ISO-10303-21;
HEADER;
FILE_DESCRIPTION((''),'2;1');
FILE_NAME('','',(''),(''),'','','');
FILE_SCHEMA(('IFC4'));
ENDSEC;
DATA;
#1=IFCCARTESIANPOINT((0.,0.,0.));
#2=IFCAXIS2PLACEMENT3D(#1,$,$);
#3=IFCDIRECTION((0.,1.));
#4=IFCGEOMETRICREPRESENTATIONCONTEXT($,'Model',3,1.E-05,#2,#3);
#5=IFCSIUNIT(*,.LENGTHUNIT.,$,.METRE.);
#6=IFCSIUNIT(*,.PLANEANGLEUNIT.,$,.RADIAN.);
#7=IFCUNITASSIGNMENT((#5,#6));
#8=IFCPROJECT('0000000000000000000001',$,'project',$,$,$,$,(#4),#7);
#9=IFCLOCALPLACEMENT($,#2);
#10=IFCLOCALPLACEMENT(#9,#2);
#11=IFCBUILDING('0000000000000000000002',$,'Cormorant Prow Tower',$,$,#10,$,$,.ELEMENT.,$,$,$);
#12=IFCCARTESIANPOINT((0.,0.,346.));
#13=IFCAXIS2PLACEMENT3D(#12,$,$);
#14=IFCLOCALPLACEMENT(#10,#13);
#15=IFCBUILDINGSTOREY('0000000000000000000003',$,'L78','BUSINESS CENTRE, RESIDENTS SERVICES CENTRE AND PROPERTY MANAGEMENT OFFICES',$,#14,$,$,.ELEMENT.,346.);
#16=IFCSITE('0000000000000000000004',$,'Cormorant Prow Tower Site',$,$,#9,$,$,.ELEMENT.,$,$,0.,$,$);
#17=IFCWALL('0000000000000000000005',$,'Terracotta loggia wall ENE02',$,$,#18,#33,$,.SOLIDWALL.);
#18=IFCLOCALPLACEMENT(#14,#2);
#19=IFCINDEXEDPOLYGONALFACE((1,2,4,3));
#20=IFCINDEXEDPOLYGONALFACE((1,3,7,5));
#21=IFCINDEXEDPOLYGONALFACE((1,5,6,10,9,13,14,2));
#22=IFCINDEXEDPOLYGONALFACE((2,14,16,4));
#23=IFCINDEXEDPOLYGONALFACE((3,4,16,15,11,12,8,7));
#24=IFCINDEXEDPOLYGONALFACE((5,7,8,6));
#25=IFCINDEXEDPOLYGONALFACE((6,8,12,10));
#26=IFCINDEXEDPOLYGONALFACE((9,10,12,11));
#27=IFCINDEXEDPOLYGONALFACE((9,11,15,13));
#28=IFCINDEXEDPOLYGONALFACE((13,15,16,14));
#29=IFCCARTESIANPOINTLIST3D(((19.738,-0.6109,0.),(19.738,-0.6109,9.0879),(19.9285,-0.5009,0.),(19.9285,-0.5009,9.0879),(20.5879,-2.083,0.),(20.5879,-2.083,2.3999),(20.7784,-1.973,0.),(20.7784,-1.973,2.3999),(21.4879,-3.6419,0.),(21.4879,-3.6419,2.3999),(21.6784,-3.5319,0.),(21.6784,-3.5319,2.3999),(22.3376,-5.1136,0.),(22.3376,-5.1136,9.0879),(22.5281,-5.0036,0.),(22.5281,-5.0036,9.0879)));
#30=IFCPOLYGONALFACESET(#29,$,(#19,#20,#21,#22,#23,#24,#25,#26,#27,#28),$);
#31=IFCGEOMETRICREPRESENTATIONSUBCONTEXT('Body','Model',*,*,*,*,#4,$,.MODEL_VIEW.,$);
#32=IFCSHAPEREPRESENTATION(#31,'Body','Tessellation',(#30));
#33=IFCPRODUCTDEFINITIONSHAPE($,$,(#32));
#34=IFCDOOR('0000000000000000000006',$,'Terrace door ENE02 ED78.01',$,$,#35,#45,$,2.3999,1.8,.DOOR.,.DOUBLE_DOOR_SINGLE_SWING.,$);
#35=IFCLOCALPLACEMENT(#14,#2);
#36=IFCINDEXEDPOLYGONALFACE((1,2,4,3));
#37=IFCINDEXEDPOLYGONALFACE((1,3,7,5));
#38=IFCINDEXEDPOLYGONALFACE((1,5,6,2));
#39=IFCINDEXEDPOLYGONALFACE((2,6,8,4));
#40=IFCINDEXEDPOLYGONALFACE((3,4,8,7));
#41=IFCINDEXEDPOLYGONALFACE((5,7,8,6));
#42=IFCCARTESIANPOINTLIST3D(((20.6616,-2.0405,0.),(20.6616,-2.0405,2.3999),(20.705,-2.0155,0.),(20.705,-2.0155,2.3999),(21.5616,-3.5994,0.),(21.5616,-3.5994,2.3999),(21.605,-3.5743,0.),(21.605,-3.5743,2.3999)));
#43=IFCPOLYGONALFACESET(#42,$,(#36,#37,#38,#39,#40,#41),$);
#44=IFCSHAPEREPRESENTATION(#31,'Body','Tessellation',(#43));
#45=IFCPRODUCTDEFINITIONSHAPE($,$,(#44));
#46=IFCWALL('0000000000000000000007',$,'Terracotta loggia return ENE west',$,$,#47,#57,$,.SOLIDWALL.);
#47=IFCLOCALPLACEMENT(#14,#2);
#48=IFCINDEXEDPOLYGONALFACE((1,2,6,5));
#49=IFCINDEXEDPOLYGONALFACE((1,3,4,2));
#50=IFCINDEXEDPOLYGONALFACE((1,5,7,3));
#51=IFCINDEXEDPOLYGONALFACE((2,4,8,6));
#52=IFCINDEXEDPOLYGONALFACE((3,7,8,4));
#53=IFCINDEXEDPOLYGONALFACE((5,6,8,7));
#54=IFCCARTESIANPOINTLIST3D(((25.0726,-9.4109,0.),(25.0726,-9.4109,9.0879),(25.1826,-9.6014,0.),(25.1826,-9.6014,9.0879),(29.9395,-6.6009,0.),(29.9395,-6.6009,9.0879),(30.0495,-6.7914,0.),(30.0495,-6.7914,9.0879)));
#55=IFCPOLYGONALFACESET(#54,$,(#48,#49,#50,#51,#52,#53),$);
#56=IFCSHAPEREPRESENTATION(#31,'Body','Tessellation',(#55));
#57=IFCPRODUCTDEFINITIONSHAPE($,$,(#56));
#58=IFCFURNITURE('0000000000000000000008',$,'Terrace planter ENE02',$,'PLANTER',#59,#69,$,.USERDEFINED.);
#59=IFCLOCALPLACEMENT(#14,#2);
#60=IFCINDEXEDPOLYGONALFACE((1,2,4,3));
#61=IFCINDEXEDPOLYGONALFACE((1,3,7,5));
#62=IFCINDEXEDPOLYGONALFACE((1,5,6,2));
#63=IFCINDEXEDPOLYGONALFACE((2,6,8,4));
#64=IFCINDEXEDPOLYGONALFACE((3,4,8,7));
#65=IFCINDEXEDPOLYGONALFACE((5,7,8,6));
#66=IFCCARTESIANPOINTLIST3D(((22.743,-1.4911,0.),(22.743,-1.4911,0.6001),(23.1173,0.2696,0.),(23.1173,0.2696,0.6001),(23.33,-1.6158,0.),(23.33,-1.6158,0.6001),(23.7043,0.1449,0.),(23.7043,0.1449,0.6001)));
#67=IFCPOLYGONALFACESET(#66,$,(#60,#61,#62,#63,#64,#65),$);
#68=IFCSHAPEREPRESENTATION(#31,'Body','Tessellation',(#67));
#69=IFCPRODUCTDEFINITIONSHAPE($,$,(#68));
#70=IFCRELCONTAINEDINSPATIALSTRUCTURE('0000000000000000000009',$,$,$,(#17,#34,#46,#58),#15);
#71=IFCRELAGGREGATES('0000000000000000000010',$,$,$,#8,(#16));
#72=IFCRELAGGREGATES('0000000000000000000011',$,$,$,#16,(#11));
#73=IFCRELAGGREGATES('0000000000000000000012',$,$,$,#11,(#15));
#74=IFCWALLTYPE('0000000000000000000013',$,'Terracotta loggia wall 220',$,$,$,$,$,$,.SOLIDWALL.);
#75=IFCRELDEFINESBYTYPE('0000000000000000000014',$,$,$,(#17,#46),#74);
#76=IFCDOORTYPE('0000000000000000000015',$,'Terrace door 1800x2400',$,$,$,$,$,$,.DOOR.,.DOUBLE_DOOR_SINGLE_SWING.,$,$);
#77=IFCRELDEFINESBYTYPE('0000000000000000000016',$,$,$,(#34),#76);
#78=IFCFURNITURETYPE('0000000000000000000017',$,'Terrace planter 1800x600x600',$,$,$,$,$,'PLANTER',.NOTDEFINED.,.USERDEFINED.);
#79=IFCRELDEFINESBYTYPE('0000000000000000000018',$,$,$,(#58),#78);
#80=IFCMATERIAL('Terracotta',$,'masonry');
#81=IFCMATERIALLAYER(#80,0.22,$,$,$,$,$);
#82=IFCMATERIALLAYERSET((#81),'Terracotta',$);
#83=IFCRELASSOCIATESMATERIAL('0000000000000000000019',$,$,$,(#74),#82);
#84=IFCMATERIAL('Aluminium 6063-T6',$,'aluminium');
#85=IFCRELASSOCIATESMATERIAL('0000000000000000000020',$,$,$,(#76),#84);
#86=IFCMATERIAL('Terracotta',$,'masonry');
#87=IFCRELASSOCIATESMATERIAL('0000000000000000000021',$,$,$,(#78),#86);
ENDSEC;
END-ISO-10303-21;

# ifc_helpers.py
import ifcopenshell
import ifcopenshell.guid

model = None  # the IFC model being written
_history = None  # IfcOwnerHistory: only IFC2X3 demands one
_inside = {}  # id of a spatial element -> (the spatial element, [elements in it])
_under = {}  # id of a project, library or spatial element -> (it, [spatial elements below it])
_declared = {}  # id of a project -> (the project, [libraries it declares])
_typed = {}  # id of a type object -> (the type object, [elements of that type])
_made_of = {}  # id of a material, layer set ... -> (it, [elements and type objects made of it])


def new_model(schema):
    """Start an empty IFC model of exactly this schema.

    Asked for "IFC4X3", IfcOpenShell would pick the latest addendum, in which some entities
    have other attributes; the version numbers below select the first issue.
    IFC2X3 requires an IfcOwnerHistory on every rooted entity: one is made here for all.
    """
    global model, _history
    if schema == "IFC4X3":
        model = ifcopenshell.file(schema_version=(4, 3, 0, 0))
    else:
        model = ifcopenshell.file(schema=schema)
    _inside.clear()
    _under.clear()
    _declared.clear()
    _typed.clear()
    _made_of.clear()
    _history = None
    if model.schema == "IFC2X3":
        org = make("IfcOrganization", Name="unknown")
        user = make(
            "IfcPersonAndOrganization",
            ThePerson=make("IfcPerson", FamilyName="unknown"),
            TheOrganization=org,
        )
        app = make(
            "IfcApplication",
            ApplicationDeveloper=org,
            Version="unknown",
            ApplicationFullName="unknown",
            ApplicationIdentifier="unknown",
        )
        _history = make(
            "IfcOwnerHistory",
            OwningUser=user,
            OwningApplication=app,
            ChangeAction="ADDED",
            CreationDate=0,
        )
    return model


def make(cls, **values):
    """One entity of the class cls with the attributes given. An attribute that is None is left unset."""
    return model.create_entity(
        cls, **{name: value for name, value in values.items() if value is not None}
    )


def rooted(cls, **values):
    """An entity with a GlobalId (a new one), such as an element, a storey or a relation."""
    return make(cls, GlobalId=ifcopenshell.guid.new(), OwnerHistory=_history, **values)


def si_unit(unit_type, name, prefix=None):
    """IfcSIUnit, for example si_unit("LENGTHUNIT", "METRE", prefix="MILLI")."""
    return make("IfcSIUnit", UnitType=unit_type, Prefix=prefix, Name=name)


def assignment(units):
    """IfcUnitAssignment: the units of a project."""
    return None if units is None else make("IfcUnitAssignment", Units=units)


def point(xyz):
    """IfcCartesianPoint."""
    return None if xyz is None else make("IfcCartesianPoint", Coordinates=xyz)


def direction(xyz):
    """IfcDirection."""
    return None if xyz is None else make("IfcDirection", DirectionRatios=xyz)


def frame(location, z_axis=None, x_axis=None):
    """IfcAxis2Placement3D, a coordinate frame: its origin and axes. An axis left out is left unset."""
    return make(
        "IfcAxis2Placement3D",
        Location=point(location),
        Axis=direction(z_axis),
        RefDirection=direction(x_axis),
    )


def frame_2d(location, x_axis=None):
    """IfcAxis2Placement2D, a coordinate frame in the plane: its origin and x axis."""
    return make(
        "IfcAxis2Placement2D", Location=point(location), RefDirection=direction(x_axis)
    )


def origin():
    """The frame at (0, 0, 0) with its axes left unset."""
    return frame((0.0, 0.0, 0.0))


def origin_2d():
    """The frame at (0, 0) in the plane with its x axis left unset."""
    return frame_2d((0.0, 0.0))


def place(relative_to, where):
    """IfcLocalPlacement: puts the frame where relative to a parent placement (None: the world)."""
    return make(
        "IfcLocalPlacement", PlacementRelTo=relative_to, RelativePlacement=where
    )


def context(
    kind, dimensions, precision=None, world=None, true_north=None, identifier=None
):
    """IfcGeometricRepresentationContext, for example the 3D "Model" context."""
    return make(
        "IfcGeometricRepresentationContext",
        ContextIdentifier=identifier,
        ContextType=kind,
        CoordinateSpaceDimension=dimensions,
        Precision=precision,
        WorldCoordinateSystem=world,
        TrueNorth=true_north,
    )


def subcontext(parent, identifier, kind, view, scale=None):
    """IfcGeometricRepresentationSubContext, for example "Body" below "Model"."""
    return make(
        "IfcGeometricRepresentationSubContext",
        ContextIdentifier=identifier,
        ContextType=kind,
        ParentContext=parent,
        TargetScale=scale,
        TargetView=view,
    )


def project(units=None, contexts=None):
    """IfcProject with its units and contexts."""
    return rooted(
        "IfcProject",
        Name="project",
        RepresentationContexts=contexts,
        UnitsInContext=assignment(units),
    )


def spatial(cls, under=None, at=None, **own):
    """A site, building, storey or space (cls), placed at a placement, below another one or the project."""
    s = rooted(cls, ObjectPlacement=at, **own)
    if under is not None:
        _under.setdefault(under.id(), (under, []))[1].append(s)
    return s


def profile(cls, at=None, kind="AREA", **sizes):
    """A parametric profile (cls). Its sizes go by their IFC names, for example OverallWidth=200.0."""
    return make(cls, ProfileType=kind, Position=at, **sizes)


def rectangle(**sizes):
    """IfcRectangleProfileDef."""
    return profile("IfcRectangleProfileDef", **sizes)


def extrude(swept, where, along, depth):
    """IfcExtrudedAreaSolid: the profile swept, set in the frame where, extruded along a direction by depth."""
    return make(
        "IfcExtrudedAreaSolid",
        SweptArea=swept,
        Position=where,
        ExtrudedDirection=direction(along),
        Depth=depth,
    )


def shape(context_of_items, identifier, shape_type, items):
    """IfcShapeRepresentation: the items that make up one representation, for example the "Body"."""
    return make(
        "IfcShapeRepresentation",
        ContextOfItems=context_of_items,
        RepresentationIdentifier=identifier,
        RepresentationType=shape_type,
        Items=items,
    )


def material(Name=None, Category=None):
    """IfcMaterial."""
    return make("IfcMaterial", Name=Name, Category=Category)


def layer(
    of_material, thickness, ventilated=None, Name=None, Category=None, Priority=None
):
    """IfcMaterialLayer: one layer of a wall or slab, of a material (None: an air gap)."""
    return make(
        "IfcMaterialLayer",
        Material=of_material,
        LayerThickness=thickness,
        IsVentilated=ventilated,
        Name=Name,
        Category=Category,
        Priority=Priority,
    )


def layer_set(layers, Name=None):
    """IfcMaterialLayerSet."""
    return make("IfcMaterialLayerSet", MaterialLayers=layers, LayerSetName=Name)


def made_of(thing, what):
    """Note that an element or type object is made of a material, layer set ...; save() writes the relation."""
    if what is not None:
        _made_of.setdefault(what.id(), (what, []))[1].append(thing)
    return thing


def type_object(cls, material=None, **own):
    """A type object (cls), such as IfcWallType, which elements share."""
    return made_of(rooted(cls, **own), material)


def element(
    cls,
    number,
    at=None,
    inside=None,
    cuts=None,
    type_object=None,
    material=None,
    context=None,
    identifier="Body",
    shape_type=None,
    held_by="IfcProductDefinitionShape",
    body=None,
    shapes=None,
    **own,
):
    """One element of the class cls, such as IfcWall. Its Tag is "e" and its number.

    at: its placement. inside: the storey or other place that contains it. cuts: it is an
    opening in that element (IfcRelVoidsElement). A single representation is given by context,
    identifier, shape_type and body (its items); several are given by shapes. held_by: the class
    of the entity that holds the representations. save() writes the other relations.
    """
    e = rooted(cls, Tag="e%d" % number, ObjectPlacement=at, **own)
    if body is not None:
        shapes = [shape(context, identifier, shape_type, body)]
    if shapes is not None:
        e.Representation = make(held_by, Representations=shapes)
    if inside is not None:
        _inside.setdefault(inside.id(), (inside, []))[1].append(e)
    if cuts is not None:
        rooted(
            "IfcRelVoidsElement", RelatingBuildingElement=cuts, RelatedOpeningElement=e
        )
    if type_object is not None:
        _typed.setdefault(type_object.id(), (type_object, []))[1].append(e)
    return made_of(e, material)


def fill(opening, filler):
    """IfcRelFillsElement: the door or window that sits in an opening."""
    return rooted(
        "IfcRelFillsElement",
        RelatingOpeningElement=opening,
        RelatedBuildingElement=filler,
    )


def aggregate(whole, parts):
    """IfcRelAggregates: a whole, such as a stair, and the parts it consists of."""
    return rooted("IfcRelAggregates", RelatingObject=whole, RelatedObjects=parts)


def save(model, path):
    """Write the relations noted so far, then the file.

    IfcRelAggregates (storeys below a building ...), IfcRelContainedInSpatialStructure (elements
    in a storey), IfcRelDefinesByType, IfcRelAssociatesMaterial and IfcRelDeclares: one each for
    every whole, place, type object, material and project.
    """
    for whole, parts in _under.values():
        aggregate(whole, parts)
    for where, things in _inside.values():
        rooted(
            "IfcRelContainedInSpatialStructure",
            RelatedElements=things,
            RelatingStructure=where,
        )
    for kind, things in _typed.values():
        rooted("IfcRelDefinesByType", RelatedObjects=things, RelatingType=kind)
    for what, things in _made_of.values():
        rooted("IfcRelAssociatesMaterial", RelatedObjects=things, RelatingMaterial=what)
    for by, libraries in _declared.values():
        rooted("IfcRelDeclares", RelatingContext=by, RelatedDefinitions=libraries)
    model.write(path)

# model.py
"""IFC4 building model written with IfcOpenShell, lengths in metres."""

from ifc_helpers import new_model, si_unit, direction, frame, frame_2d, origin, origin_2d, place, context, subcontext, project, spatial, rectangle, extrude, material, layer, layer_set, type_object, element, fill, save


model = new_model("IFC4")

# Units and contexts
model_context = context("Model", 3, precision=1e-05, world=origin(), true_north=direction((0.0, 1.0)))
body_context = subcontext(model_context, "Body", "Model", "MODEL_VIEW")
ifc_project = project(units=[si_unit("LENGTHUNIT", "METRE"), si_unit("PLANEANGLEUNIT", "RADIAN")], contexts=[model_context])

# Site, building, storey
site_placement = place(None, origin())
site = spatial("IfcSite", under=ifc_project, at=site_placement, Name="Cormorant Prow Tower Site", CompositionType="ELEMENT", RefElevation=0.0)
building_placement = place(site_placement, origin())
building = spatial("IfcBuilding", under=site, at=building_placement, Name="Cormorant Prow Tower", CompositionType="ELEMENT")
storey_placement = place(building_placement, frame((0.0, 0.0, 346.0)))
storey = spatial("IfcBuildingStorey", under=building, at=storey_placement, Name="L78", Description="BUSINESS CENTRE, RESIDENTS SERVICES CENTRE AND PROPERTY MANAGEMENT OFFICES", CompositionType="ELEMENT", Elevation=346.0)

# Wall, opening, door
ifc_material_1 = material(Name="Terracotta", Category="masonry")
ifc_layer_1 = layer(ifc_material_1, 0.22)
ifc_layer_set_1 = layer_set([ifc_layer_1], Name="Terracotta")
wall_type = type_object("IfcWallType", Name="Terracotta loggia wall 220", PredefinedType="SOLIDWALL", material=ifc_layer_set_1)
wall_1_placement = place(storey_placement, frame((22.4329, -5.0586, 0.0), z_axis=(0.0, 0.0, 1.0), x_axis=(-0.499997, 0.866027, 0.0)))
wall_1 = element("IfcWall", 1, at=wall_1_placement, inside=storey, type_object=wall_type, Name="Terracotta loggia wall ENE02", PredefinedType="SOLIDWALL", context=body_context, shape_type="SweptSolid", body=[
    extrude(rectangle(XDim=5.1992, YDim=0.22, at=frame_2d((2.5996, 0.0))), origin(), (0.0, 0.0, 1.0), 9.0879),
])
opening_placement = place(wall_1_placement, frame((1.6995, 0.0, 0.0)))
opening = element("IfcOpeningElement", 2, at=opening_placement, cuts=wall_1, PredefinedType="OPENING", context=body_context, shape_type="SweptSolid", body=[
    extrude(rectangle(XDim=1.8, YDim=2.3999, at=frame_2d((0.8999, 1.2))), frame((0.0, 0.1199, 0.0), z_axis=(0.0, -1.0, 0.0), x_axis=(1.0, 0.0, 0.0)), (0.0, 0.0, 1.0), 0.24),
])
ifc_material_2 = material(Name="Aluminium 6063-T6", Category="aluminium")
door_type = type_object("IfcDoorType", Name="Terrace door 1800x2400", OperationType="DOUBLE_DOOR_SINGLE_SWING", PredefinedType="DOOR", material=ifc_material_2)
door_placement = place(opening_placement, origin())
door = element("IfcDoor", 3, at=door_placement, inside=storey, type_object=door_type, Name="Terrace door ENE02 ED78.01", OperationType="DOUBLE_DOOR_SINGLE_SWING", OverallHeight=2.3999, OverallWidth=1.8, PredefinedType="DOOR", context=body_context, shape_type="SweptSolid", body=[
    extrude(rectangle(XDim=1.8, YDim=2.3999, at=frame_2d((0.8999, 1.2))), frame((0.0, 0.0249, 0.0), z_axis=(0.0, -1.0, 0.0), x_axis=(1.0, 0.0, 0.0)), (0.0, 0.0, 1.0), 0.05),
])
fill(opening, door)

# Wall
wall_2_placement = place(storey_placement, frame((29.9946, -6.696, 0.0), z_axis=(0.0, 0.0, 1.0), x_axis=(-0.866016, -0.500017, 0.0)))
element("IfcWall", 4, at=wall_2_placement, inside=storey, type_object=wall_type, Name="Terracotta loggia return ENE west", PredefinedType="SOLIDWALL", context=body_context, shape_type="SweptSolid", body=[
    extrude(rectangle(XDim=5.6199, YDim=0.22, at=frame_2d((2.8101, 0.0))), origin(), (0.0, 0.0, 1.0), 9.0879),
])

# Furniture
ifc_material_3 = material(Name="Terracotta", Category="masonry")
furniture_type = type_object("IfcFurnitureType", Name="Terrace planter 1800x600x600", ElementType="PLANTER", AssemblyPlace="NOTDEFINED", PredefinedType="USERDEFINED", material=ifc_material_3)
furniture_placement = place(storey_placement, frame((23.2236, -0.6731, 0.0), z_axis=(0.0, 0.0, 1.0), x_axis=(0.207912, 0.978148, 0.0)))
element("IfcFurniture", 5, at=furniture_placement, inside=storey, type_object=furniture_type, Name="Terrace planter ENE02", ObjectType="PLANTER", PredefinedType="USERDEFINED", context=body_context, shape_type="SweptSolid", body=[
    extrude(rectangle(XDim=1.8, YDim=0.6001, at=origin_2d()), origin(), (0.0, 0.0, 1.0), 0.6001),
])

save(model, "model.ifc")
